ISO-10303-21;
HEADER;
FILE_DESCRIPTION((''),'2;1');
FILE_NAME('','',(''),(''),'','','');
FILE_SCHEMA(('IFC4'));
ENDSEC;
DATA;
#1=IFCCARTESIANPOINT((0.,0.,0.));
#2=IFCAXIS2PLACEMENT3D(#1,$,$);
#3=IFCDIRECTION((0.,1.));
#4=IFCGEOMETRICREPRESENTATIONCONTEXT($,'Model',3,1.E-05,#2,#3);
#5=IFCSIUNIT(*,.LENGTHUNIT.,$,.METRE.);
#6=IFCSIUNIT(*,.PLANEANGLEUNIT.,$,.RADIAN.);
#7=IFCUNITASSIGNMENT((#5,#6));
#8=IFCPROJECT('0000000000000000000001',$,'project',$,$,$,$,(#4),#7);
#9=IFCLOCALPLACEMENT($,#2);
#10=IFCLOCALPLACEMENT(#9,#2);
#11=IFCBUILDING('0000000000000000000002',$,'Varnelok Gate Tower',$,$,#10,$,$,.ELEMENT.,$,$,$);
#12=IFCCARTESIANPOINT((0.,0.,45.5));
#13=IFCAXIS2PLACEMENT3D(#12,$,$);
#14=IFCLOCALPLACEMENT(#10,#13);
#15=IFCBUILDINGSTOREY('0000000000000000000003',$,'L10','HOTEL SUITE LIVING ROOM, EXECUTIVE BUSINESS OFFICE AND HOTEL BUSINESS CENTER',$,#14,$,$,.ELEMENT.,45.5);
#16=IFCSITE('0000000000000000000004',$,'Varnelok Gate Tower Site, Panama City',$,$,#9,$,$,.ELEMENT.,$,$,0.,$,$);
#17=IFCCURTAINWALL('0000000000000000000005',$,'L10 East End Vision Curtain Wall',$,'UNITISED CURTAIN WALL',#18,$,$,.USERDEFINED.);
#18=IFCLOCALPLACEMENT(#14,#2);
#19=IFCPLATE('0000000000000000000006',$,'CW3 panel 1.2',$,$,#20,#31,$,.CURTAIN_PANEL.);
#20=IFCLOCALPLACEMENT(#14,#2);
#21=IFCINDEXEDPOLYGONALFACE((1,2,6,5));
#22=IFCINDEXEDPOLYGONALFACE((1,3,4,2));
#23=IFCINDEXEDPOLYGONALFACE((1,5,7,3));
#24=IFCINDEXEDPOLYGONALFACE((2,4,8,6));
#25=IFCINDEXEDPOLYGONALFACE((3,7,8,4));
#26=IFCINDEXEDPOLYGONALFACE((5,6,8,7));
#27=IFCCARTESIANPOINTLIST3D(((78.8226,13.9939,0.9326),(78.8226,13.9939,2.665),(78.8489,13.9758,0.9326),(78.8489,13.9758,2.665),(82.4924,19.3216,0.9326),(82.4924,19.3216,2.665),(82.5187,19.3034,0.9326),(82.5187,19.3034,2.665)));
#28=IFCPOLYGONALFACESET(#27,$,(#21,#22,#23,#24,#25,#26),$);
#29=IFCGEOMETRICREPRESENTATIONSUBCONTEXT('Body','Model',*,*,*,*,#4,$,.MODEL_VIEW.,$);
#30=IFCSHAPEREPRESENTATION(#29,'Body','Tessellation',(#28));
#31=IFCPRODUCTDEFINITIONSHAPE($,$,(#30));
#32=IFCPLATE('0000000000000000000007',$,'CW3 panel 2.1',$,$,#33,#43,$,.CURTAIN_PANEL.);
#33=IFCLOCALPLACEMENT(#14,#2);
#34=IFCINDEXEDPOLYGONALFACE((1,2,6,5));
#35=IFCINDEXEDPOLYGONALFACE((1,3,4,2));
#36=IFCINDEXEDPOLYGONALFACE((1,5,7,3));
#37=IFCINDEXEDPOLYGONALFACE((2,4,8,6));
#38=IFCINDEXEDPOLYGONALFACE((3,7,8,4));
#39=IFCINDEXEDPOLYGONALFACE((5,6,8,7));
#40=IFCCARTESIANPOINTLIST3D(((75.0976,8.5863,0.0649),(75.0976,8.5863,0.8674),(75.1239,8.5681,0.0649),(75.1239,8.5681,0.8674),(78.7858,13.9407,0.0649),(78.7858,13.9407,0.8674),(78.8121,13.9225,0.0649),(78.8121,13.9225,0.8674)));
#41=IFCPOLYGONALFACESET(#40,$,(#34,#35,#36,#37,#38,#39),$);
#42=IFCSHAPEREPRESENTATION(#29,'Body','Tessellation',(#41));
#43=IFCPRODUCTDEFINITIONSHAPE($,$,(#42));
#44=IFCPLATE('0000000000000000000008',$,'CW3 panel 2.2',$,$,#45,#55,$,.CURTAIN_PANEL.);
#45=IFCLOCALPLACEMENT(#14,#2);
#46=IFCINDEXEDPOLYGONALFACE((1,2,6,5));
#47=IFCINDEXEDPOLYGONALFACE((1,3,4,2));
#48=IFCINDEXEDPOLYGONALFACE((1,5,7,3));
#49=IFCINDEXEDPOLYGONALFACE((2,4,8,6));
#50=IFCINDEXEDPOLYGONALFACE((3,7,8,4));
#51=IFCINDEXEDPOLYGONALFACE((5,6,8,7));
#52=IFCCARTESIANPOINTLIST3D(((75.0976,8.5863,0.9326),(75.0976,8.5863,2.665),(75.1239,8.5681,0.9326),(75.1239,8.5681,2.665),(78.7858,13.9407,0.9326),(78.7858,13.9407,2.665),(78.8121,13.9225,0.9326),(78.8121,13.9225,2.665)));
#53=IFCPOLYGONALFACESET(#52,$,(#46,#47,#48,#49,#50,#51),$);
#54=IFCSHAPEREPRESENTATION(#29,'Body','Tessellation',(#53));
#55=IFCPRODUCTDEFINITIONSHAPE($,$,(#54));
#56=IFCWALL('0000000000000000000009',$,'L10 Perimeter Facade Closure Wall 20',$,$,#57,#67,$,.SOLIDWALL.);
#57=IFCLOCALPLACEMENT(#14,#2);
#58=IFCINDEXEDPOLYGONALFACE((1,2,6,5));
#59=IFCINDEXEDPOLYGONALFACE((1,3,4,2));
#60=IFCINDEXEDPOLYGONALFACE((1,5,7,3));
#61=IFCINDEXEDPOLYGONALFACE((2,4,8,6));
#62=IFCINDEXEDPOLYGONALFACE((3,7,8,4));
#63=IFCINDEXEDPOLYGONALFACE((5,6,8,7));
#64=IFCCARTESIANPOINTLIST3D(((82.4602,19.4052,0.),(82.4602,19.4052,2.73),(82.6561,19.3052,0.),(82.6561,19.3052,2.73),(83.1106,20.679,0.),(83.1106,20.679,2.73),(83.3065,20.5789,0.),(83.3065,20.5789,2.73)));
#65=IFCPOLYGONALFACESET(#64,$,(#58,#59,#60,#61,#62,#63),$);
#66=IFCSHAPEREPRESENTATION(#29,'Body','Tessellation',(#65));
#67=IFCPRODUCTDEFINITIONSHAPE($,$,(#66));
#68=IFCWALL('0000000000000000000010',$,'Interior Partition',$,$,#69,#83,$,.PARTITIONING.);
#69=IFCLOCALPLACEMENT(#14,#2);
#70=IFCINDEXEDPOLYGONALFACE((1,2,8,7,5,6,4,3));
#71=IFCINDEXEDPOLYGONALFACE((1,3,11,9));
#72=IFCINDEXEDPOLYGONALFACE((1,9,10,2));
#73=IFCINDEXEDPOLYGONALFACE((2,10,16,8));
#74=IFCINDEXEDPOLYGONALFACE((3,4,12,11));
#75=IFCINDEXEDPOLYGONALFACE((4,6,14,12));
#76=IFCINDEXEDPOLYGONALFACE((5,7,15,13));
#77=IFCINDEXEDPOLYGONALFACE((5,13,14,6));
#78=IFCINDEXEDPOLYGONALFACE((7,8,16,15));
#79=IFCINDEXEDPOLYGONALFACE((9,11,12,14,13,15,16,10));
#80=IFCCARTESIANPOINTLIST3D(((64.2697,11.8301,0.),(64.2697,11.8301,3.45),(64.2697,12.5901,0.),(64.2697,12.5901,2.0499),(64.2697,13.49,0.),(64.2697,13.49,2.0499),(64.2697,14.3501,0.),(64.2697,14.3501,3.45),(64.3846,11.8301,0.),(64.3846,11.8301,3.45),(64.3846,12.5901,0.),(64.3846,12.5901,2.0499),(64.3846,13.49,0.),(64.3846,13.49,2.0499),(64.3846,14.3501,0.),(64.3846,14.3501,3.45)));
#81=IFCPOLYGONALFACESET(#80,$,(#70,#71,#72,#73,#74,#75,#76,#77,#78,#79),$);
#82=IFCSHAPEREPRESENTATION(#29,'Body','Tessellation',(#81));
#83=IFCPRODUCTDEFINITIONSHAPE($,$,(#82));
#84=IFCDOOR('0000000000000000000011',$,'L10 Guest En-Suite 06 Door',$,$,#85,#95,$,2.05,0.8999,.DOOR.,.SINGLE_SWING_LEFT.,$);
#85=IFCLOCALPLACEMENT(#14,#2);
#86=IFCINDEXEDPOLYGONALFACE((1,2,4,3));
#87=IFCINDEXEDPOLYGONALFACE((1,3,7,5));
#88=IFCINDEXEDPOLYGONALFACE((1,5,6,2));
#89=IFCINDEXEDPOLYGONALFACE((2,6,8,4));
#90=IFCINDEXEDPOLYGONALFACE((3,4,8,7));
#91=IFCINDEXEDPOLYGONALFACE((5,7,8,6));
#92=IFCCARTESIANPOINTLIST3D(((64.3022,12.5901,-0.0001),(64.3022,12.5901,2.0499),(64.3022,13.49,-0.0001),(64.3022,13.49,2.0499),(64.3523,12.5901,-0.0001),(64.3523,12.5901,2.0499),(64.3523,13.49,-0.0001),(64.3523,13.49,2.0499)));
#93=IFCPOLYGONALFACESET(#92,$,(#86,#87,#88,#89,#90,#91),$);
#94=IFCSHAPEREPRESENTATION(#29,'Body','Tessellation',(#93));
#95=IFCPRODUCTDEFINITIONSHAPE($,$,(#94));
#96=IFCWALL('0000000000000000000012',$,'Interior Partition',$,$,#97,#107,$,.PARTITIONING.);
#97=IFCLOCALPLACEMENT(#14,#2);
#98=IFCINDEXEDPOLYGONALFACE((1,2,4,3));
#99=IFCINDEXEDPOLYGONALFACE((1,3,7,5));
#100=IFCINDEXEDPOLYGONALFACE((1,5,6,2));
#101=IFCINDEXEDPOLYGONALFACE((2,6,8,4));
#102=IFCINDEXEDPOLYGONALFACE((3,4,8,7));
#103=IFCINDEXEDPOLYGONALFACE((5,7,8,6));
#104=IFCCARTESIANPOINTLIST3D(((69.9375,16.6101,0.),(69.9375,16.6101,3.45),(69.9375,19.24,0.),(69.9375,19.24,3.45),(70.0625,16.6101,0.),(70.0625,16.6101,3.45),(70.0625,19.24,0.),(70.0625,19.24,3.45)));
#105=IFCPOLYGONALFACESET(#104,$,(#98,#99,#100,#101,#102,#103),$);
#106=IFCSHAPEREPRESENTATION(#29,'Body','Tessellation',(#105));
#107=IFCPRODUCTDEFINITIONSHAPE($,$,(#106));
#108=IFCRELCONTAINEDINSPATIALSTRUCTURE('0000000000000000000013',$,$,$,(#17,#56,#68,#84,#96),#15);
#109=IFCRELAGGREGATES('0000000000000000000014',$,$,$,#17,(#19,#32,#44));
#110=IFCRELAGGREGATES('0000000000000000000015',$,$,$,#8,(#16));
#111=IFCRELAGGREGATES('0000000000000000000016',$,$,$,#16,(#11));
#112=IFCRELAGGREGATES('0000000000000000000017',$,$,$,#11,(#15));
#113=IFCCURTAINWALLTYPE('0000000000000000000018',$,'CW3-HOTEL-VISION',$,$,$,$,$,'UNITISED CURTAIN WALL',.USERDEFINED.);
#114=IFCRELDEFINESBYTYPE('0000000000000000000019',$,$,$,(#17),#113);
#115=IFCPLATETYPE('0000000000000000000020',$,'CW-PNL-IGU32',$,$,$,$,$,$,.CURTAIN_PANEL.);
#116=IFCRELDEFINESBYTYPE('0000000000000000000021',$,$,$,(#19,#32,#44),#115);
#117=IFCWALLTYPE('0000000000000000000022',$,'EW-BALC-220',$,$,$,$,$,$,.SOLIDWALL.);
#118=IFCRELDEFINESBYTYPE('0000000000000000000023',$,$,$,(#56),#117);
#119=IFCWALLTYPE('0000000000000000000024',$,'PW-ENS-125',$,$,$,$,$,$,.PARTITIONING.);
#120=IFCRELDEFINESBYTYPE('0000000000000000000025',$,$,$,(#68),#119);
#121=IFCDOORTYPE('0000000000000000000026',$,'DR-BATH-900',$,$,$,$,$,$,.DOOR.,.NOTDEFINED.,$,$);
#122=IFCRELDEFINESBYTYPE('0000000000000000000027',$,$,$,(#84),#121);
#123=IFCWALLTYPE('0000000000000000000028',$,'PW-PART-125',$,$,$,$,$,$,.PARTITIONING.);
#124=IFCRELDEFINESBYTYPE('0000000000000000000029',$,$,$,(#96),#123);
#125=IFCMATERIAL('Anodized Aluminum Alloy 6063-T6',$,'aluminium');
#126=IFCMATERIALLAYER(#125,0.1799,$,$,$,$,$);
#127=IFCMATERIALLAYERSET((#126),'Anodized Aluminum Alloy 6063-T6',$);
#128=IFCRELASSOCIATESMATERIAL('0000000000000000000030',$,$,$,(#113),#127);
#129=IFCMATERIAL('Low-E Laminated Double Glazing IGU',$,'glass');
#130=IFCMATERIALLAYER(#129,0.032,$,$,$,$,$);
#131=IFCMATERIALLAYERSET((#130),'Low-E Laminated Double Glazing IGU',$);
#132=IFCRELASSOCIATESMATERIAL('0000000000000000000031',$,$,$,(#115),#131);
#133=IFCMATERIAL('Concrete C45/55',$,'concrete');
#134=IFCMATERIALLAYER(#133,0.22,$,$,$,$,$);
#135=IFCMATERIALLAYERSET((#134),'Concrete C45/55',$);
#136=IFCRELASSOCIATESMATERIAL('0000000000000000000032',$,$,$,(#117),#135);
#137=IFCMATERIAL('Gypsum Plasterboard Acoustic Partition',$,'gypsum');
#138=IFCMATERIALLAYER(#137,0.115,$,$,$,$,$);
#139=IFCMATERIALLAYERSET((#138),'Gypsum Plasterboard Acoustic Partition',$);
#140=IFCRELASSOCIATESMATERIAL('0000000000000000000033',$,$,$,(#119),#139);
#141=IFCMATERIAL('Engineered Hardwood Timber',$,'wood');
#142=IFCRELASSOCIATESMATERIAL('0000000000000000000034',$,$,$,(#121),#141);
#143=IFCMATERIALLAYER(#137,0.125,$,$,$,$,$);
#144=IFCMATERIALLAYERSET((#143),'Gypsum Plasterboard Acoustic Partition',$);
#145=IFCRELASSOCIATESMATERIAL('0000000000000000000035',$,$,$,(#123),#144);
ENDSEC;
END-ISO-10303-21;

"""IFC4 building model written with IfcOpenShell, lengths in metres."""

from ifc_helpers import new_model, si_unit, direction, frame, frame_2d, origin, origin_2d, place, context, subcontext, project, spatial, rectangle, extrude, source, transform, mapped, material, layer, layer_set, type_object, element, fill, aggregate, save


model = new_model("IFC4")

# Units and contexts
model_context = context("Model", 3, precision=1e-05, world=origin(), true_north=direction((0.0, 1.0)))
body_context = subcontext(model_context, "Body", "Model", "MODEL_VIEW")
ifc_project = project(units=[si_unit("LENGTHUNIT", "METRE"), si_unit("PLANEANGLEUNIT", "RADIAN")], contexts=[model_context])

# Site, building, storey
site_placement = place(None, origin())
site = spatial("IfcSite", under=ifc_project, at=site_placement, Name="Varnelok Gate Tower Site, Panama City", CompositionType="ELEMENT", RefElevation=0.0)
building_placement = place(site_placement, origin())
building = spatial("IfcBuilding", under=site, at=building_placement, Name="Varnelok Gate Tower", CompositionType="ELEMENT")
storey_placement = place(building_placement, frame((0.0, 0.0, 45.5)))
storey = spatial("IfcBuildingStorey", under=building, at=storey_placement, Name="L10", Description="HOTEL SUITE LIVING ROOM, EXECUTIVE BUSINESS OFFICE AND HOTEL BUSINESS CENTER", CompositionType="ELEMENT", Elevation=45.5)

# Curtain wall, plates
ifc_material_1 = material(Name="Anodized Aluminum Alloy 6063-T6", Category="aluminium")
ifc_layer_1 = layer(ifc_material_1, 0.1799)
ifc_layer_set_1 = layer_set([ifc_layer_1], Name="Anodized Aluminum Alloy 6063-T6")
curtain_wall_type = type_object("IfcCurtainWallType", Name="CW3-HOTEL-VISION", ElementType="UNITISED CURTAIN WALL", PredefinedType="USERDEFINED", material=ifc_layer_set_1)
curtain_wall_placement = place(storey_placement, origin())
curtain_wall = element("IfcCurtainWall", 1, at=curtain_wall_placement, inside=storey, type_object=curtain_wall_type, Name="L10 East End Vision Curtain Wall", ObjectType="UNITISED CURTAIN WALL", PredefinedType="USERDEFINED")
ifc_material_2 = material(Name="Low-E Laminated Double Glazing IGU", Category="glass")
ifc_layer_2 = layer(ifc_material_2, 0.032)
ifc_layer_set_2 = layer_set([ifc_layer_2], Name="Low-E Laminated Double Glazing IGU")
plate_type = type_object("IfcPlateType", Name="CW-PNL-IGU32", PredefinedType="CURTAIN_PANEL", material=ifc_layer_set_2)
shared_shape_1 = source(origin(), body_context, "Body", "SweptSolid", [
    extrude(rectangle(XDim=6.4692, YDim=0.032, at=origin_2d()), origin(), (0.0, 0.0, 1.0), 1.7324),
])
plate_1_placement = place(storey_placement, frame((80.6707, 16.6487, 0.9326), z_axis=(0.0, 0.0, 1.0), x_axis=(-0.567269, -0.823533, 0.0)))
plate_1 = element("IfcPlate", 2, at=plate_1_placement, type_object=plate_type, Name="CW3 panel 1.2", PredefinedType="CURTAIN_PANEL", context=body_context, shape_type="MappedRepresentation", body=[
    mapped(shared_shape_1, transform((0.0, 0.0, 0.0), scale=1.0)),
])
shared_shape_2 = source(origin(), body_context, "Body", "SweptSolid", [
    extrude(rectangle(XDim=6.5017, YDim=0.032, at=origin_2d()), origin(), (0.0, 0.0, 1.0), 0.8025),
])
plate_2_placement = place(storey_placement, frame((76.9548, 11.2544, 0.0649), z_axis=(0.0, 0.0, 1.0), x_axis=(-0.567269, -0.823533, 0.0)))
plate_2 = element("IfcPlate", 3, at=plate_2_placement, type_object=plate_type, Name="CW3 panel 2.1", PredefinedType="CURTAIN_PANEL", context=body_context, shape_type="MappedRepresentation", body=[
    mapped(shared_shape_2, transform((0.0, 0.0, 0.0), scale=1.0)),
])
shared_shape_3 = source(origin(), body_context, "Body", "SweptSolid", [
    extrude(rectangle(XDim=6.5017, YDim=0.032, at=origin_2d()), origin(), (0.0, 0.0, 1.0), 1.7324),
])
plate_3_placement = place(storey_placement, frame((76.9548, 11.2544, 0.9326), z_axis=(0.0, 0.0, 1.0), x_axis=(-0.567269, -0.823533, 0.0)))
plate_3 = element("IfcPlate", 4, at=plate_3_placement, type_object=plate_type, Name="CW3 panel 2.2", PredefinedType="CURTAIN_PANEL", context=body_context, shape_type="MappedRepresentation", body=[
    mapped(shared_shape_3, transform((0.0, 0.0, 0.0), scale=1.0)),
])
aggregate(curtain_wall, [plate_1, plate_2, plate_3])

# Wall
ifc_material_3 = material(Name="Concrete C45/55", Category="concrete")
ifc_layer_3 = layer(ifc_material_3, 0.22)
ifc_layer_set_3 = layer_set([ifc_layer_3], Name="Concrete C45/55")
wall_type_1 = type_object("IfcWallType", Name="EW-BALC-220", PredefinedType="SOLIDWALL", material=ifc_layer_set_3)
wall_1_placement = place(storey_placement, frame((82.5581, 19.3552, 0.0), z_axis=(0.0, 0.0, 1.0), x_axis=(0.454777, 0.890605, 0.0)))
element("IfcWall", 5, at=wall_1_placement, inside=storey, type_object=wall_type_1, Name="L10 Perimeter Facade Closure Wall 20", PredefinedType="SOLIDWALL", context=body_context, shape_type="SweptSolid", body=[
    extrude(rectangle(XDim=1.4302, YDim=0.22, at=frame_2d((0.7151, 0.0))), origin(), (0.0, 0.0, 1.0), 2.73),
])

# Wall, opening, door
ifc_material_4 = material(Name="Gypsum Plasterboard Acoustic Partition", Category="gypsum")
ifc_layer_4 = layer(ifc_material_4, 0.115)
ifc_layer_set_4 = layer_set([ifc_layer_4], Name="Gypsum Plasterboard Acoustic Partition")
wall_type_2 = type_object("IfcWallType", Name="PW-ENS-125", PredefinedType="PARTITIONING", material=ifc_layer_set_4)
wall_2_placement = place(storey_placement, frame((64.3271, 11.8301, 0.0), z_axis=(0.0, 0.0, 1.0), x_axis=(0.0, 1.0, 0.0)))
wall_2 = element("IfcWall", 6, at=wall_2_placement, inside=storey, type_object=wall_type_2, Name="Interior Partition", PredefinedType="PARTITIONING", context=body_context, shape_type="SweptSolid", body=[
    extrude(rectangle(XDim=2.52, YDim=0.115, at=frame_2d((1.26, 0.0))), origin(), (0.0, 0.0, 1.0), 3.45),
])
opening_placement = place(wall_2_placement, frame((0.76, 0.0, 0.0)))
opening = element("IfcOpeningElement", 7, at=opening_placement, cuts=wall_2, PredefinedType="OPENING", context=body_context, shape_type="SweptSolid", body=[
    extrude(rectangle(XDim=0.8999, YDim=2.05, at=frame_2d((0.45, 1.0249))), frame((0.0, 0.0674, 0.0), z_axis=(0.0, -1.0, 0.0), x_axis=(1.0, 0.0, 0.0)), (0.0, 0.0, 1.0), 0.135),
])
ifc_material_5 = material(Name="Engineered Hardwood Timber", Category="wood")
door_type = type_object("IfcDoorType", Name="DR-BATH-900", OperationType="NOTDEFINED", PredefinedType="DOOR", material=ifc_material_5)
door_placement = place(opening_placement, origin())
door = element("IfcDoor", 8, at=door_placement, inside=storey, type_object=door_type, Name="L10 Guest En-Suite 06 Door", OperationType="SINGLE_SWING_LEFT", OverallHeight=2.05, OverallWidth=0.8999, PredefinedType="DOOR", context=body_context, shape_type="SweptSolid", body=[
    extrude(rectangle(XDim=0.8999, YDim=2.05, at=frame_2d((0.45, 1.0249))), frame((0.0, 0.0249, 0.0), z_axis=(0.0, -1.0, 0.0), x_axis=(1.0, 0.0, 0.0)), (0.0, 0.0, 1.0), 0.05),
])
fill(opening, door)

# Wall
ifc_layer_5 = layer(ifc_material_4, 0.125)
ifc_layer_set_5 = layer_set([ifc_layer_5], Name="Gypsum Plasterboard Acoustic Partition")
wall_type_3 = type_object("IfcWallType", Name="PW-PART-125", PredefinedType="PARTITIONING", material=ifc_layer_set_5)
wall_3_placement = place(storey_placement, frame((70.0, 16.6101, 0.0), z_axis=(0.0, 0.0, 1.0), x_axis=(0.0, 1.0, 0.0)))
element("IfcWall", 9, at=wall_3_placement, inside=storey, type_object=wall_type_3, Name="Interior Partition", PredefinedType="PARTITIONING", context=body_context, shape_type="SweptSolid", body=[
    extrude(rectangle(XDim=2.6299, YDim=0.125, at=frame_2d((1.3149, 0.0))), origin(), (0.0, 0.0, 1.0), 3.45),
])

save(model, "model.ifc")
